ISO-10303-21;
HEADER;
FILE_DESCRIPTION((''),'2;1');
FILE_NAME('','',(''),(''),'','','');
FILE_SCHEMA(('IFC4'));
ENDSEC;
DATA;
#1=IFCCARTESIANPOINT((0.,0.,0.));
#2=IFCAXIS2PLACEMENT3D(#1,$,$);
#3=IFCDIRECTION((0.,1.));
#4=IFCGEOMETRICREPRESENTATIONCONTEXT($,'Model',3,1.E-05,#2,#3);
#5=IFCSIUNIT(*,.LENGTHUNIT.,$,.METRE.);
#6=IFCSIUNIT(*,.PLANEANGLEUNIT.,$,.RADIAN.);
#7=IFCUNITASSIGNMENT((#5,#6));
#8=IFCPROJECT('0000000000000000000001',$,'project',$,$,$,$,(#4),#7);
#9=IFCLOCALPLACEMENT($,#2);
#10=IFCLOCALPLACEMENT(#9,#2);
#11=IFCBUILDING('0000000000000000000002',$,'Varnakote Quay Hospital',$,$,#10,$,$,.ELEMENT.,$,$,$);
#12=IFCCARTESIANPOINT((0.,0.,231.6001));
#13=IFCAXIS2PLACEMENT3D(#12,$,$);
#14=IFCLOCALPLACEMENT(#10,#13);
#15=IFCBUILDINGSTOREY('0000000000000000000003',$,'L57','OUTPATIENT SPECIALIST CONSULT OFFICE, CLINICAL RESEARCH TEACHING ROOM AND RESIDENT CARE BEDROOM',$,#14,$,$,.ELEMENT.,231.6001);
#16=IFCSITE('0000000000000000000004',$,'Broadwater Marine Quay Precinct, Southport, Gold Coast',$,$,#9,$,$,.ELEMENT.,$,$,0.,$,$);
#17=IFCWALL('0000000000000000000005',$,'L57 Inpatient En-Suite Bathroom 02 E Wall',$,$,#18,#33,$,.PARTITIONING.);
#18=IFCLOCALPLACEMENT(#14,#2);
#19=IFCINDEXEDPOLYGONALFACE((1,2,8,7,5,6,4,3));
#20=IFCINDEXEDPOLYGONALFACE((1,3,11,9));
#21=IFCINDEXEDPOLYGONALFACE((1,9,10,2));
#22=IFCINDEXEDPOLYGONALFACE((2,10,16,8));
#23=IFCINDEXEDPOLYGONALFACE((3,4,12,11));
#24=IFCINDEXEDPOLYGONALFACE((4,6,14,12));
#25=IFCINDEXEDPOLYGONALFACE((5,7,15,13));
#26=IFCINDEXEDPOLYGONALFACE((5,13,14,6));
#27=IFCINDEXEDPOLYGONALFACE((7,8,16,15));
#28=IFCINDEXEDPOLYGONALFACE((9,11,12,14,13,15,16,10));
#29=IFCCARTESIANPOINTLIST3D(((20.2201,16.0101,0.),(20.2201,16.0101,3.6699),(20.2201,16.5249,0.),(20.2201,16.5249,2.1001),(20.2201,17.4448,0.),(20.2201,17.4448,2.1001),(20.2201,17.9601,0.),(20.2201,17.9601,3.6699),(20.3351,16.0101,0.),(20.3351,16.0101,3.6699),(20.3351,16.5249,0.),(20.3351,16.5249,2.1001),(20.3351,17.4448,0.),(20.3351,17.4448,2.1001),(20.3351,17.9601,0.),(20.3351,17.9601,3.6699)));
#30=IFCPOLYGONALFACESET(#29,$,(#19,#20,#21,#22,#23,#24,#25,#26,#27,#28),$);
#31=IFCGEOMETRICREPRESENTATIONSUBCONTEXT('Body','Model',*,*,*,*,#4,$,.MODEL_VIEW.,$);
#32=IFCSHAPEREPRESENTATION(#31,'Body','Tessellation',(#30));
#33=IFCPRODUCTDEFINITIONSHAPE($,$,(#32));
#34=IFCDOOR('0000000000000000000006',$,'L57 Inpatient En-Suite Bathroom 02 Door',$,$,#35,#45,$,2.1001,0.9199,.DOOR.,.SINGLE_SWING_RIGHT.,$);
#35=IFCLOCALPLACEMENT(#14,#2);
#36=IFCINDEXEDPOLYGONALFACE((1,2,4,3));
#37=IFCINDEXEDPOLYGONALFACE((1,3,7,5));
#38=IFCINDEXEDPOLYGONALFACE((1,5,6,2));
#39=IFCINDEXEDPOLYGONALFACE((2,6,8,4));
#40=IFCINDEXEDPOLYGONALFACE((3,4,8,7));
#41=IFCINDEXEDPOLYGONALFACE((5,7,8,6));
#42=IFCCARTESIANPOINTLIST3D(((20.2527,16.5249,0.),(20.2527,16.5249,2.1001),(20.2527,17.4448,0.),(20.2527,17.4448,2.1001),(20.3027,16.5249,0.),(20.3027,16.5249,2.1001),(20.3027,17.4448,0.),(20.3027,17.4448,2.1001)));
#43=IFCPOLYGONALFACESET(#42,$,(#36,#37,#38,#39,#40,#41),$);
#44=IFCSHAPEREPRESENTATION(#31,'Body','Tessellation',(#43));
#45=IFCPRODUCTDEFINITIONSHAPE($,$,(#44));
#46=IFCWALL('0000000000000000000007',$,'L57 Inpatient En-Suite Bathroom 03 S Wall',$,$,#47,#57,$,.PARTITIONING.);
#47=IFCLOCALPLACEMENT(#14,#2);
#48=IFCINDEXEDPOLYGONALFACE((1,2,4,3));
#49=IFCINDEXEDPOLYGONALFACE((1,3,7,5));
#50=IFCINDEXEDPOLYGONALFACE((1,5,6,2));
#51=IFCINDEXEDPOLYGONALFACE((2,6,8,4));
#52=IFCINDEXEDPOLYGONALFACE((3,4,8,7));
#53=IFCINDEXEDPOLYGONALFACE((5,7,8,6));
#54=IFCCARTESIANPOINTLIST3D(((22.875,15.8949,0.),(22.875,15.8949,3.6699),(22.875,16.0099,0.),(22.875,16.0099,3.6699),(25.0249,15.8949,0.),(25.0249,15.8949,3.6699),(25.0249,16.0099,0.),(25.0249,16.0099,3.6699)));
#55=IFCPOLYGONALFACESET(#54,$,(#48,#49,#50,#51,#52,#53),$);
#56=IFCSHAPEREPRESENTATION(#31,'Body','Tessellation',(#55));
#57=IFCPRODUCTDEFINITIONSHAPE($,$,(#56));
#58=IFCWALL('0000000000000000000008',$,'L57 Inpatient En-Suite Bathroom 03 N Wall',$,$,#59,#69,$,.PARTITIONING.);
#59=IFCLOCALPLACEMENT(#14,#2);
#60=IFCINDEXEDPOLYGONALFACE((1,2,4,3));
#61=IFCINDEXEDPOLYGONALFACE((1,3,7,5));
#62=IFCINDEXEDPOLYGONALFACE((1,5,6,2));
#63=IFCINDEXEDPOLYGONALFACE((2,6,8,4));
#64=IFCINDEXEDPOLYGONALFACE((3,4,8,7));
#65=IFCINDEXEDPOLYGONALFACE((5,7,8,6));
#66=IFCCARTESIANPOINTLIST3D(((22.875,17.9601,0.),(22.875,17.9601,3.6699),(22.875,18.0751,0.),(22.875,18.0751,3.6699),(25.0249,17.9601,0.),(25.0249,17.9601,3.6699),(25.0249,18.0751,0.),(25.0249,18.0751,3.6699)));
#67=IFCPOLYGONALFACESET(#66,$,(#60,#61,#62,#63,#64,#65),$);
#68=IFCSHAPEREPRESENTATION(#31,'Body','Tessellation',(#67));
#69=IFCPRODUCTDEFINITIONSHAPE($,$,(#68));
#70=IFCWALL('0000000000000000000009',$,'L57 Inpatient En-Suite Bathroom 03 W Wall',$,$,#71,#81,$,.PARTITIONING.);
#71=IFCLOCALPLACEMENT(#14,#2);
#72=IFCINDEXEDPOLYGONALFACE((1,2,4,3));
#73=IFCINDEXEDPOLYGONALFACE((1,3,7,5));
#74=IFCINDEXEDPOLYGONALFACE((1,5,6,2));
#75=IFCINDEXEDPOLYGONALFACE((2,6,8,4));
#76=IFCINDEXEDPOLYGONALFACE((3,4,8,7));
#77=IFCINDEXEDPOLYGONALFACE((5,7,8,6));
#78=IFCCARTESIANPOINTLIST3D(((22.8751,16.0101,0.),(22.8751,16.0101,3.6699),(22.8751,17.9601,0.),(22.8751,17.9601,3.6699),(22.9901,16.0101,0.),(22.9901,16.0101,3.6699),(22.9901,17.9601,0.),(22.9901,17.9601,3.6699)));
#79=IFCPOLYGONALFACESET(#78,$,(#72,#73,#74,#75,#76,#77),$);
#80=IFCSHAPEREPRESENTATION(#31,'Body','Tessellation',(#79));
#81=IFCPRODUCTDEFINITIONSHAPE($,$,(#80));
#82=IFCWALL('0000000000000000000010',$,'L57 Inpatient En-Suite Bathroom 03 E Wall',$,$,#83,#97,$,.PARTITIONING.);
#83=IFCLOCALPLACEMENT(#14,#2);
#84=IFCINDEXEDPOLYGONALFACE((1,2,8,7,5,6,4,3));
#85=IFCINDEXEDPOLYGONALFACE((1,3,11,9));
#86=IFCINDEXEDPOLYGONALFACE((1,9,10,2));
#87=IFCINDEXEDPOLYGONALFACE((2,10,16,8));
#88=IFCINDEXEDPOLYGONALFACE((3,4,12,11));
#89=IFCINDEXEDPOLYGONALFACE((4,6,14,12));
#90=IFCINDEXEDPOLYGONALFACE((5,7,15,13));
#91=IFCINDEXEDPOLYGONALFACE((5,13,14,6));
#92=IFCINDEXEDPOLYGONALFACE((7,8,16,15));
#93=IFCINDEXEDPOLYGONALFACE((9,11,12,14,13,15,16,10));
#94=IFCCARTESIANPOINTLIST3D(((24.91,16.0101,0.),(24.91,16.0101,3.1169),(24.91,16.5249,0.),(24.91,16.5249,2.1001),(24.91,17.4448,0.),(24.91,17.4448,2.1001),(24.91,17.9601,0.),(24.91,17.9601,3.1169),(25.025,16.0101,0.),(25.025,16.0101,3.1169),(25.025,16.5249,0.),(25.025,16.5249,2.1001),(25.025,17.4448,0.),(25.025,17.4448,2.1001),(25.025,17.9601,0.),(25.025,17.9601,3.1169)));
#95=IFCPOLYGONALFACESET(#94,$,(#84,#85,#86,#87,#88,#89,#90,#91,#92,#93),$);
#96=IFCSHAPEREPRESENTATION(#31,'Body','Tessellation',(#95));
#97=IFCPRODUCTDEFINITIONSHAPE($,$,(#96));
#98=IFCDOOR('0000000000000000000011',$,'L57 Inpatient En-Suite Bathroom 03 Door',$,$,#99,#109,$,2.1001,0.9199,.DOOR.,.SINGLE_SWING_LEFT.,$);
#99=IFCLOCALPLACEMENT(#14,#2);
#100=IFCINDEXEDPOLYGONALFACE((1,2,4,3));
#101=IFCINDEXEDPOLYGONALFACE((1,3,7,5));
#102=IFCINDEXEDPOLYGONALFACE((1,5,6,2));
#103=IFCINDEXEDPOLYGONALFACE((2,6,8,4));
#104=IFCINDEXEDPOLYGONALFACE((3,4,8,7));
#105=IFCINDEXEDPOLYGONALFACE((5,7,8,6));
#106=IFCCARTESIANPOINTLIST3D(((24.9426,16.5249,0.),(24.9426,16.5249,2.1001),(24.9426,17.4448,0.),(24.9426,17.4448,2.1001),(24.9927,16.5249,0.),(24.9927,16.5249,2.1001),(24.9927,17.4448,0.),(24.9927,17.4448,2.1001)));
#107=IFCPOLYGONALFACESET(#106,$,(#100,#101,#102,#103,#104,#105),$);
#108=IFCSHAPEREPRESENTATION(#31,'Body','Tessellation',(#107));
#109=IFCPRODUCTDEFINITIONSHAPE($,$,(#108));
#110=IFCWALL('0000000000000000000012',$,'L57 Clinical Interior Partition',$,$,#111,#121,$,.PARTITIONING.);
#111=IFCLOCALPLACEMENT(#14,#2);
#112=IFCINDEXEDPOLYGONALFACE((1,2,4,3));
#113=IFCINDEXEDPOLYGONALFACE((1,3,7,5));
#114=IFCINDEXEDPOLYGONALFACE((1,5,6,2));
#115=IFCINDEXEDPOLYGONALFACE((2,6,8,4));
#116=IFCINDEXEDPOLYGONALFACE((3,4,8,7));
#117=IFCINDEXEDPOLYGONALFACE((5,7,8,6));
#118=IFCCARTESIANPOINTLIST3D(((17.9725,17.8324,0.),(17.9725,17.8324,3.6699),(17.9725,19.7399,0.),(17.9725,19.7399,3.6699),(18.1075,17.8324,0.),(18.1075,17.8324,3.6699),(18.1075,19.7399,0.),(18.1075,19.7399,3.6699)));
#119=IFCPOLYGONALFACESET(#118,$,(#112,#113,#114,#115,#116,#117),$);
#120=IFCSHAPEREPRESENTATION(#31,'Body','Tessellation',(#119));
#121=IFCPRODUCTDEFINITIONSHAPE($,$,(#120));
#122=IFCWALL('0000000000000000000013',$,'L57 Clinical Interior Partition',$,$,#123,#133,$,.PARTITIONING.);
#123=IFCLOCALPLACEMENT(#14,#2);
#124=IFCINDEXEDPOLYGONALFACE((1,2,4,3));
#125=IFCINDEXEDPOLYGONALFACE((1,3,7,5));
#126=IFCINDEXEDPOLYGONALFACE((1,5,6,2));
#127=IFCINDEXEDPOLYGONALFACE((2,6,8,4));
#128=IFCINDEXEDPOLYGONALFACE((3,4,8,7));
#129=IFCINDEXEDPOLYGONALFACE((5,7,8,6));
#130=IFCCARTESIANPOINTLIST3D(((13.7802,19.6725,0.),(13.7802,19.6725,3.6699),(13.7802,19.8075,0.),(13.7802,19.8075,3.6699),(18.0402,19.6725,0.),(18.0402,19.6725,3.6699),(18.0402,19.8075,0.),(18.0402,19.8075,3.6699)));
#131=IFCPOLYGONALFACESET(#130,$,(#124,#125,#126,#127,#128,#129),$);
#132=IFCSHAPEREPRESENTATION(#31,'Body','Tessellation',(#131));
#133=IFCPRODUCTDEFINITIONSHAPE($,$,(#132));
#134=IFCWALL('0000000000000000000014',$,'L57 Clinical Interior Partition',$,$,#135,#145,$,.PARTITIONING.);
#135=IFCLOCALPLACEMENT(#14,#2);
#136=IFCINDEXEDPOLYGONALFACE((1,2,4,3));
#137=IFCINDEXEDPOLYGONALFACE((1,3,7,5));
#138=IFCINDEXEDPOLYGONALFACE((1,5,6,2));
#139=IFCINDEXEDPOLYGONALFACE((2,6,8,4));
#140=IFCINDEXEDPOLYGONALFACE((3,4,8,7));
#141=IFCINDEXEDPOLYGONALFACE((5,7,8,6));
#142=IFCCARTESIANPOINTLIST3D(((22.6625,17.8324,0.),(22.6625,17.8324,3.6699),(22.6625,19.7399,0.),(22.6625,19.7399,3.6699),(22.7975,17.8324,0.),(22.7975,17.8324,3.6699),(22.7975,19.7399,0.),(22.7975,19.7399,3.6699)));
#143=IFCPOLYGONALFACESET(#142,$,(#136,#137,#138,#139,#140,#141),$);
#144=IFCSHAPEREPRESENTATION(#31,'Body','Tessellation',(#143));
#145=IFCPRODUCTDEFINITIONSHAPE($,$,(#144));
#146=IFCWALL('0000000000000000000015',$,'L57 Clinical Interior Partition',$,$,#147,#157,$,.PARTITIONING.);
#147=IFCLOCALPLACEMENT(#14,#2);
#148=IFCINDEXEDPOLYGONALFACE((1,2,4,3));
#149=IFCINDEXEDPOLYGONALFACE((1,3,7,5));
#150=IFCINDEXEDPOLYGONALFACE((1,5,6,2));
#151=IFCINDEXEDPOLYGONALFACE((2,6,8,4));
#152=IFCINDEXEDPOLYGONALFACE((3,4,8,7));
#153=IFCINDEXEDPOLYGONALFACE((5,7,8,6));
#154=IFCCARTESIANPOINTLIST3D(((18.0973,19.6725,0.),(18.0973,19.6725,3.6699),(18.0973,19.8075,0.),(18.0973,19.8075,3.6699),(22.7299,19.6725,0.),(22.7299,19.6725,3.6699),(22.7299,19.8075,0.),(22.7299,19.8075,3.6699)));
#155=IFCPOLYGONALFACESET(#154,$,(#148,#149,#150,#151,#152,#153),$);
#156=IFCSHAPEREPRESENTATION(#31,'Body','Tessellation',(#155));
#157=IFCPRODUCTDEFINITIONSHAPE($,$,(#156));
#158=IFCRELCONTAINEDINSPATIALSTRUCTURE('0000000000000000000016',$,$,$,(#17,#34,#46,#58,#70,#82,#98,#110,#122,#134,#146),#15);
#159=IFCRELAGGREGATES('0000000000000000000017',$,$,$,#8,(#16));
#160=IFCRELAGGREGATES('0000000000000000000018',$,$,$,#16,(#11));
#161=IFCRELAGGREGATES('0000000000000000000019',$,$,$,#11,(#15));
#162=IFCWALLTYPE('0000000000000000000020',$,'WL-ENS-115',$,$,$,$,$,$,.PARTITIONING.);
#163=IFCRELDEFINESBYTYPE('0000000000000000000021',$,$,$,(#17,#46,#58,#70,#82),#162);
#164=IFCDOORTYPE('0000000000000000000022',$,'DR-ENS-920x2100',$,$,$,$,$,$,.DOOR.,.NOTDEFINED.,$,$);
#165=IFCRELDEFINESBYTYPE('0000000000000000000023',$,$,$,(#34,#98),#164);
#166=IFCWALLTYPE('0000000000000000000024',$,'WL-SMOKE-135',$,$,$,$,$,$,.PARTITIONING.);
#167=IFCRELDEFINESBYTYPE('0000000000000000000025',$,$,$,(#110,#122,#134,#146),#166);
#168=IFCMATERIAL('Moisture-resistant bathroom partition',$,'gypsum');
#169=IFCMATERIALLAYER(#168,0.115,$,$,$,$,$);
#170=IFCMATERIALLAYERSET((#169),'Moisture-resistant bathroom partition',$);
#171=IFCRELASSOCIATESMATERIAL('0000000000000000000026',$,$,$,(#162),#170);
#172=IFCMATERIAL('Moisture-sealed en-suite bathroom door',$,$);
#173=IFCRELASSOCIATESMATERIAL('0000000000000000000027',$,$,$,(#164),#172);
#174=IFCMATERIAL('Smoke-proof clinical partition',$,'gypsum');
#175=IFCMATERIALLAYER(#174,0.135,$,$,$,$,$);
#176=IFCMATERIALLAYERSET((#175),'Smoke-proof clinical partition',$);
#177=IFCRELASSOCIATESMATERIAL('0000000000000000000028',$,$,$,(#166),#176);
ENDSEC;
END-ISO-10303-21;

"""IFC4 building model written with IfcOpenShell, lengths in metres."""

from ifc_helpers import new_model, si_unit, direction, frame, frame_2d, origin, place, context, subcontext, project, spatial, rectangle, extrude, material, layer, layer_set, type_object, element, fill, save


model = new_model("IFC4")

# Units and contexts
model_context = context("Model", 3, precision=1e-05, world=origin(), true_north=direction((0.0, 1.0)))
body_context = subcontext(model_context, "Body", "Model", "MODEL_VIEW")
ifc_project = project(units=[si_unit("LENGTHUNIT", "METRE"), si_unit("PLANEANGLEUNIT", "RADIAN")], contexts=[model_context])

# Site, building, storey
site_placement = place(None, origin())
site = spatial("IfcSite", under=ifc_project, at=site_placement, Name="Broadwater Marine Quay Precinct, Southport, Gold Coast", CompositionType="ELEMENT", RefElevation=0.0)
building_placement = place(site_placement, origin())
building = spatial("IfcBuilding", under=site, at=building_placement, Name="Varnakote Quay Hospital", CompositionType="ELEMENT")
storey_placement = place(building_placement, frame((0.0, 0.0, 231.6001)))
storey = spatial("IfcBuildingStorey", under=building, at=storey_placement, Name="L57", Description="OUTPATIENT SPECIALIST CONSULT OFFICE, CLINICAL RESEARCH TEACHING ROOM AND RESIDENT CARE BEDROOM", CompositionType="ELEMENT", Elevation=231.6001)

# Shared definitions
ifc_material_1 = material(Name="Moisture-resistant bathroom partition", Category="gypsum")
ifc_layer_1 = layer(ifc_material_1, 0.115)
ifc_layer_set_1 = layer_set([ifc_layer_1], Name="Moisture-resistant bathroom partition")
wall_type_1 = type_object("IfcWallType", Name="WL-ENS-115", PredefinedType="PARTITIONING", material=ifc_layer_set_1)

# Wall, opening, door
wall_1_placement = place(storey_placement, frame((20.2776, 16.01, 0.0), z_axis=(0.0, 0.0, 1.0), x_axis=(0.0, 1.0, 0.0)))
wall_1 = element("IfcWall", 1, at=wall_1_placement, inside=storey, type_object=wall_type_1, Name="L57 Inpatient En-Suite Bathroom 02 E Wall", PredefinedType="PARTITIONING", context=body_context, shape_type="SweptSolid", body=[
    extrude(rectangle(XDim=1.95, YDim=0.115, at=frame_2d((0.9751, 0.0))), origin(), (0.0, 0.0, 1.0), 3.6699),
])
opening_1_placement = place(wall_1_placement, frame((0.5149, 0.0, 0.0)))
opening_1 = element("IfcOpeningElement", 2, at=opening_1_placement, cuts=wall_1, PredefinedType="OPENING", context=body_context, shape_type="SweptSolid", body=[
    extrude(rectangle(XDim=0.9199, YDim=2.1001, at=frame_2d((0.46, 1.05))), frame((0.0, 0.0674, 0.0), z_axis=(0.0, -1.0, 0.0), x_axis=(1.0, 0.0, 0.0)), (0.0, 0.0, 1.0), 0.135),
])
ifc_material_2 = material(Name="Moisture-sealed en-suite bathroom door")
door_type_1 = type_object("IfcDoorType", Name="DR-ENS-920x2100", OperationType="NOTDEFINED", PredefinedType="DOOR", material=ifc_material_2)
door_1_placement = place(opening_1_placement, origin())
door_1 = element("IfcDoor", 3, at=door_1_placement, inside=storey, type_object=door_type_1, Name="L57 Inpatient En-Suite Bathroom 02 Door", OperationType="SINGLE_SWING_RIGHT", OverallHeight=2.1001, OverallWidth=0.9199, PredefinedType="DOOR", context=body_context, shape_type="SweptSolid", body=[
    extrude(rectangle(XDim=0.9199, YDim=2.1001, at=frame_2d((0.46, 1.05))), frame((0.0, 0.0249, 0.0), z_axis=(0.0, -1.0, 0.0), x_axis=(1.0, 0.0, 0.0)), (0.0, 0.0, 1.0), 0.05),
])
fill(opening_1, door_1)

# Walls
for number, where, z_axis, x_axis, name in (
    (4, (22.875, 15.9524, 0.0), (0.0, 0.0, 1.0), (1.0, 0.0, 0.0), "L57 Inpatient En-Suite Bathroom 03 S Wall"),
    (5, (22.875, 18.0176, 0.0), (0.0, 0.0, 1.0), (1.0, 0.0, 0.0), "L57 Inpatient En-Suite Bathroom 03 N Wall"),
):
    element("IfcWall", number, at=place(storey_placement, frame(where, z_axis=z_axis, x_axis=x_axis)), inside=storey, type_object=wall_type_1, Name=name, PredefinedType="PARTITIONING", context=body_context, shape_type="SweptSolid", body=[
        extrude(rectangle(XDim=2.1499, YDim=0.115, at=frame_2d((1.075, 0.0))), origin(), (0.0, 0.0, 1.0), 3.6699),
    ])
wall_2_placement = place(storey_placement, frame((22.9326, 16.01, 0.0), z_axis=(0.0, 0.0, 1.0), x_axis=(0.0, 1.0, 0.0)))
element("IfcWall", 6, at=wall_2_placement, inside=storey, type_object=wall_type_1, Name="L57 Inpatient En-Suite Bathroom 03 W Wall", PredefinedType="PARTITIONING", context=body_context, shape_type="SweptSolid", body=[
    extrude(rectangle(XDim=1.95, YDim=0.115, at=frame_2d((0.9751, 0.0))), origin(), (0.0, 0.0, 1.0), 3.6699),
])

# Wall, opening, door
wall_3_placement = place(storey_placement, frame((24.9675, 16.01, 0.0), z_axis=(0.0, 0.0, 1.0), x_axis=(0.0, 1.0, 0.0)))
wall_3 = element("IfcWall", 7, at=wall_3_placement, inside=storey, type_object=wall_type_1, Name="L57 Inpatient En-Suite Bathroom 03 E Wall", PredefinedType="PARTITIONING", context=body_context, shape_type="SweptSolid", body=[
    extrude(rectangle(XDim=1.95, YDim=0.115, at=frame_2d((0.9751, 0.0))), origin(), (0.0, 0.0, 1.0), 3.1169),
])
opening_2_placement = place(wall_3_placement, frame((0.5149, 0.0, 0.0)))
opening_2 = element("IfcOpeningElement", 8, at=opening_2_placement, cuts=wall_3, PredefinedType="OPENING", context=body_context, shape_type="SweptSolid", body=[
    extrude(rectangle(XDim=0.9199, YDim=2.1001, at=frame_2d((0.46, 1.05))), frame((0.0, 0.0674, 0.0), z_axis=(0.0, -1.0, 0.0), x_axis=(1.0, 0.0, 0.0)), (0.0, 0.0, 1.0), 0.135),
])
door_2_placement = place(opening_2_placement, origin())
door_2 = element("IfcDoor", 9, at=door_2_placement, inside=storey, type_object=door_type_1, Name="L57 Inpatient En-Suite Bathroom 03 Door", OperationType="SINGLE_SWING_LEFT", OverallHeight=2.1001, OverallWidth=0.9199, PredefinedType="DOOR", context=body_context, shape_type="SweptSolid", body=[
    extrude(rectangle(XDim=0.9199, YDim=2.1001, at=frame_2d((0.46, 1.05))), frame((0.0, 0.0249, 0.0), z_axis=(0.0, -1.0, 0.0), x_axis=(1.0, 0.0, 0.0)), (0.0, 0.0, 1.0), 0.05),
])
fill(opening_2, door_2)

# Walls
ifc_material_3 = material(Name="Smoke-proof clinical partition", Category="gypsum")
ifc_layer_2 = layer(ifc_material_3, 0.135)
ifc_layer_set_2 = layer_set([ifc_layer_2], Name="Smoke-proof clinical partition")
wall_type_2 = type_object("IfcWallType", Name="WL-SMOKE-135", PredefinedType="PARTITIONING", material=ifc_layer_set_2)
wall_4_placement = place(storey_placement, frame((18.04, 17.8325, 0.0), z_axis=(0.0, 0.0, 1.0), x_axis=(0.0, 1.0, 0.0)))
element("IfcWall", 10, at=wall_4_placement, inside=storey, type_object=wall_type_2, Name="L57 Clinical Interior Partition", PredefinedType="PARTITIONING", context=body_context, shape_type="SweptSolid", body=[
    extrude(rectangle(XDim=1.9075, YDim=0.135, at=frame_2d((0.9536, 0.0))), origin(), (0.0, 0.0, 1.0), 3.6699),
])
wall_5_placement = place(storey_placement, frame((18.04, 19.74, 0.0), z_axis=(0.0, 0.0, 1.0), x_axis=(-1.0, 0.0, 0.0)))
element("IfcWall", 11, at=wall_5_placement, inside=storey, type_object=wall_type_2, Name="L57 Clinical Interior Partition", PredefinedType="PARTITIONING", context=body_context, shape_type="SweptSolid", body=[
    extrude(rectangle(XDim=4.26, YDim=0.135, at=frame_2d((2.1299, 0.0))), origin(), (0.0, 0.0, 1.0), 3.6699),
])
wall_6_placement = place(storey_placement, frame((22.73, 17.8325, 0.0), z_axis=(0.0, 0.0, 1.0), x_axis=(0.0, 1.0, 0.0)))
element("IfcWall", 12, at=wall_6_placement, inside=storey, type_object=wall_type_2, Name="L57 Clinical Interior Partition", PredefinedType="PARTITIONING", context=body_context, shape_type="SweptSolid", body=[
    extrude(rectangle(XDim=1.9075, YDim=0.135, at=frame_2d((0.9536, 0.0))), origin(), (0.0, 0.0, 1.0), 3.6699),
])
wall_7_placement = place(storey_placement, frame((22.73, 19.74, 0.0), z_axis=(0.0, 0.0, 1.0), x_axis=(-1.0, 0.0, 0.0)))
element("IfcWall", 13, at=wall_7_placement, inside=storey, type_object=wall_type_2, Name="L57 Clinical Interior Partition", PredefinedType="PARTITIONING", context=body_context, shape_type="SweptSolid", body=[
    extrude(rectangle(XDim=4.6326, YDim=0.135, at=frame_2d((2.3164, 0.0))), origin(), (0.0, 0.0, 1.0), 3.6699),
])

save(model, "model.ifc")
